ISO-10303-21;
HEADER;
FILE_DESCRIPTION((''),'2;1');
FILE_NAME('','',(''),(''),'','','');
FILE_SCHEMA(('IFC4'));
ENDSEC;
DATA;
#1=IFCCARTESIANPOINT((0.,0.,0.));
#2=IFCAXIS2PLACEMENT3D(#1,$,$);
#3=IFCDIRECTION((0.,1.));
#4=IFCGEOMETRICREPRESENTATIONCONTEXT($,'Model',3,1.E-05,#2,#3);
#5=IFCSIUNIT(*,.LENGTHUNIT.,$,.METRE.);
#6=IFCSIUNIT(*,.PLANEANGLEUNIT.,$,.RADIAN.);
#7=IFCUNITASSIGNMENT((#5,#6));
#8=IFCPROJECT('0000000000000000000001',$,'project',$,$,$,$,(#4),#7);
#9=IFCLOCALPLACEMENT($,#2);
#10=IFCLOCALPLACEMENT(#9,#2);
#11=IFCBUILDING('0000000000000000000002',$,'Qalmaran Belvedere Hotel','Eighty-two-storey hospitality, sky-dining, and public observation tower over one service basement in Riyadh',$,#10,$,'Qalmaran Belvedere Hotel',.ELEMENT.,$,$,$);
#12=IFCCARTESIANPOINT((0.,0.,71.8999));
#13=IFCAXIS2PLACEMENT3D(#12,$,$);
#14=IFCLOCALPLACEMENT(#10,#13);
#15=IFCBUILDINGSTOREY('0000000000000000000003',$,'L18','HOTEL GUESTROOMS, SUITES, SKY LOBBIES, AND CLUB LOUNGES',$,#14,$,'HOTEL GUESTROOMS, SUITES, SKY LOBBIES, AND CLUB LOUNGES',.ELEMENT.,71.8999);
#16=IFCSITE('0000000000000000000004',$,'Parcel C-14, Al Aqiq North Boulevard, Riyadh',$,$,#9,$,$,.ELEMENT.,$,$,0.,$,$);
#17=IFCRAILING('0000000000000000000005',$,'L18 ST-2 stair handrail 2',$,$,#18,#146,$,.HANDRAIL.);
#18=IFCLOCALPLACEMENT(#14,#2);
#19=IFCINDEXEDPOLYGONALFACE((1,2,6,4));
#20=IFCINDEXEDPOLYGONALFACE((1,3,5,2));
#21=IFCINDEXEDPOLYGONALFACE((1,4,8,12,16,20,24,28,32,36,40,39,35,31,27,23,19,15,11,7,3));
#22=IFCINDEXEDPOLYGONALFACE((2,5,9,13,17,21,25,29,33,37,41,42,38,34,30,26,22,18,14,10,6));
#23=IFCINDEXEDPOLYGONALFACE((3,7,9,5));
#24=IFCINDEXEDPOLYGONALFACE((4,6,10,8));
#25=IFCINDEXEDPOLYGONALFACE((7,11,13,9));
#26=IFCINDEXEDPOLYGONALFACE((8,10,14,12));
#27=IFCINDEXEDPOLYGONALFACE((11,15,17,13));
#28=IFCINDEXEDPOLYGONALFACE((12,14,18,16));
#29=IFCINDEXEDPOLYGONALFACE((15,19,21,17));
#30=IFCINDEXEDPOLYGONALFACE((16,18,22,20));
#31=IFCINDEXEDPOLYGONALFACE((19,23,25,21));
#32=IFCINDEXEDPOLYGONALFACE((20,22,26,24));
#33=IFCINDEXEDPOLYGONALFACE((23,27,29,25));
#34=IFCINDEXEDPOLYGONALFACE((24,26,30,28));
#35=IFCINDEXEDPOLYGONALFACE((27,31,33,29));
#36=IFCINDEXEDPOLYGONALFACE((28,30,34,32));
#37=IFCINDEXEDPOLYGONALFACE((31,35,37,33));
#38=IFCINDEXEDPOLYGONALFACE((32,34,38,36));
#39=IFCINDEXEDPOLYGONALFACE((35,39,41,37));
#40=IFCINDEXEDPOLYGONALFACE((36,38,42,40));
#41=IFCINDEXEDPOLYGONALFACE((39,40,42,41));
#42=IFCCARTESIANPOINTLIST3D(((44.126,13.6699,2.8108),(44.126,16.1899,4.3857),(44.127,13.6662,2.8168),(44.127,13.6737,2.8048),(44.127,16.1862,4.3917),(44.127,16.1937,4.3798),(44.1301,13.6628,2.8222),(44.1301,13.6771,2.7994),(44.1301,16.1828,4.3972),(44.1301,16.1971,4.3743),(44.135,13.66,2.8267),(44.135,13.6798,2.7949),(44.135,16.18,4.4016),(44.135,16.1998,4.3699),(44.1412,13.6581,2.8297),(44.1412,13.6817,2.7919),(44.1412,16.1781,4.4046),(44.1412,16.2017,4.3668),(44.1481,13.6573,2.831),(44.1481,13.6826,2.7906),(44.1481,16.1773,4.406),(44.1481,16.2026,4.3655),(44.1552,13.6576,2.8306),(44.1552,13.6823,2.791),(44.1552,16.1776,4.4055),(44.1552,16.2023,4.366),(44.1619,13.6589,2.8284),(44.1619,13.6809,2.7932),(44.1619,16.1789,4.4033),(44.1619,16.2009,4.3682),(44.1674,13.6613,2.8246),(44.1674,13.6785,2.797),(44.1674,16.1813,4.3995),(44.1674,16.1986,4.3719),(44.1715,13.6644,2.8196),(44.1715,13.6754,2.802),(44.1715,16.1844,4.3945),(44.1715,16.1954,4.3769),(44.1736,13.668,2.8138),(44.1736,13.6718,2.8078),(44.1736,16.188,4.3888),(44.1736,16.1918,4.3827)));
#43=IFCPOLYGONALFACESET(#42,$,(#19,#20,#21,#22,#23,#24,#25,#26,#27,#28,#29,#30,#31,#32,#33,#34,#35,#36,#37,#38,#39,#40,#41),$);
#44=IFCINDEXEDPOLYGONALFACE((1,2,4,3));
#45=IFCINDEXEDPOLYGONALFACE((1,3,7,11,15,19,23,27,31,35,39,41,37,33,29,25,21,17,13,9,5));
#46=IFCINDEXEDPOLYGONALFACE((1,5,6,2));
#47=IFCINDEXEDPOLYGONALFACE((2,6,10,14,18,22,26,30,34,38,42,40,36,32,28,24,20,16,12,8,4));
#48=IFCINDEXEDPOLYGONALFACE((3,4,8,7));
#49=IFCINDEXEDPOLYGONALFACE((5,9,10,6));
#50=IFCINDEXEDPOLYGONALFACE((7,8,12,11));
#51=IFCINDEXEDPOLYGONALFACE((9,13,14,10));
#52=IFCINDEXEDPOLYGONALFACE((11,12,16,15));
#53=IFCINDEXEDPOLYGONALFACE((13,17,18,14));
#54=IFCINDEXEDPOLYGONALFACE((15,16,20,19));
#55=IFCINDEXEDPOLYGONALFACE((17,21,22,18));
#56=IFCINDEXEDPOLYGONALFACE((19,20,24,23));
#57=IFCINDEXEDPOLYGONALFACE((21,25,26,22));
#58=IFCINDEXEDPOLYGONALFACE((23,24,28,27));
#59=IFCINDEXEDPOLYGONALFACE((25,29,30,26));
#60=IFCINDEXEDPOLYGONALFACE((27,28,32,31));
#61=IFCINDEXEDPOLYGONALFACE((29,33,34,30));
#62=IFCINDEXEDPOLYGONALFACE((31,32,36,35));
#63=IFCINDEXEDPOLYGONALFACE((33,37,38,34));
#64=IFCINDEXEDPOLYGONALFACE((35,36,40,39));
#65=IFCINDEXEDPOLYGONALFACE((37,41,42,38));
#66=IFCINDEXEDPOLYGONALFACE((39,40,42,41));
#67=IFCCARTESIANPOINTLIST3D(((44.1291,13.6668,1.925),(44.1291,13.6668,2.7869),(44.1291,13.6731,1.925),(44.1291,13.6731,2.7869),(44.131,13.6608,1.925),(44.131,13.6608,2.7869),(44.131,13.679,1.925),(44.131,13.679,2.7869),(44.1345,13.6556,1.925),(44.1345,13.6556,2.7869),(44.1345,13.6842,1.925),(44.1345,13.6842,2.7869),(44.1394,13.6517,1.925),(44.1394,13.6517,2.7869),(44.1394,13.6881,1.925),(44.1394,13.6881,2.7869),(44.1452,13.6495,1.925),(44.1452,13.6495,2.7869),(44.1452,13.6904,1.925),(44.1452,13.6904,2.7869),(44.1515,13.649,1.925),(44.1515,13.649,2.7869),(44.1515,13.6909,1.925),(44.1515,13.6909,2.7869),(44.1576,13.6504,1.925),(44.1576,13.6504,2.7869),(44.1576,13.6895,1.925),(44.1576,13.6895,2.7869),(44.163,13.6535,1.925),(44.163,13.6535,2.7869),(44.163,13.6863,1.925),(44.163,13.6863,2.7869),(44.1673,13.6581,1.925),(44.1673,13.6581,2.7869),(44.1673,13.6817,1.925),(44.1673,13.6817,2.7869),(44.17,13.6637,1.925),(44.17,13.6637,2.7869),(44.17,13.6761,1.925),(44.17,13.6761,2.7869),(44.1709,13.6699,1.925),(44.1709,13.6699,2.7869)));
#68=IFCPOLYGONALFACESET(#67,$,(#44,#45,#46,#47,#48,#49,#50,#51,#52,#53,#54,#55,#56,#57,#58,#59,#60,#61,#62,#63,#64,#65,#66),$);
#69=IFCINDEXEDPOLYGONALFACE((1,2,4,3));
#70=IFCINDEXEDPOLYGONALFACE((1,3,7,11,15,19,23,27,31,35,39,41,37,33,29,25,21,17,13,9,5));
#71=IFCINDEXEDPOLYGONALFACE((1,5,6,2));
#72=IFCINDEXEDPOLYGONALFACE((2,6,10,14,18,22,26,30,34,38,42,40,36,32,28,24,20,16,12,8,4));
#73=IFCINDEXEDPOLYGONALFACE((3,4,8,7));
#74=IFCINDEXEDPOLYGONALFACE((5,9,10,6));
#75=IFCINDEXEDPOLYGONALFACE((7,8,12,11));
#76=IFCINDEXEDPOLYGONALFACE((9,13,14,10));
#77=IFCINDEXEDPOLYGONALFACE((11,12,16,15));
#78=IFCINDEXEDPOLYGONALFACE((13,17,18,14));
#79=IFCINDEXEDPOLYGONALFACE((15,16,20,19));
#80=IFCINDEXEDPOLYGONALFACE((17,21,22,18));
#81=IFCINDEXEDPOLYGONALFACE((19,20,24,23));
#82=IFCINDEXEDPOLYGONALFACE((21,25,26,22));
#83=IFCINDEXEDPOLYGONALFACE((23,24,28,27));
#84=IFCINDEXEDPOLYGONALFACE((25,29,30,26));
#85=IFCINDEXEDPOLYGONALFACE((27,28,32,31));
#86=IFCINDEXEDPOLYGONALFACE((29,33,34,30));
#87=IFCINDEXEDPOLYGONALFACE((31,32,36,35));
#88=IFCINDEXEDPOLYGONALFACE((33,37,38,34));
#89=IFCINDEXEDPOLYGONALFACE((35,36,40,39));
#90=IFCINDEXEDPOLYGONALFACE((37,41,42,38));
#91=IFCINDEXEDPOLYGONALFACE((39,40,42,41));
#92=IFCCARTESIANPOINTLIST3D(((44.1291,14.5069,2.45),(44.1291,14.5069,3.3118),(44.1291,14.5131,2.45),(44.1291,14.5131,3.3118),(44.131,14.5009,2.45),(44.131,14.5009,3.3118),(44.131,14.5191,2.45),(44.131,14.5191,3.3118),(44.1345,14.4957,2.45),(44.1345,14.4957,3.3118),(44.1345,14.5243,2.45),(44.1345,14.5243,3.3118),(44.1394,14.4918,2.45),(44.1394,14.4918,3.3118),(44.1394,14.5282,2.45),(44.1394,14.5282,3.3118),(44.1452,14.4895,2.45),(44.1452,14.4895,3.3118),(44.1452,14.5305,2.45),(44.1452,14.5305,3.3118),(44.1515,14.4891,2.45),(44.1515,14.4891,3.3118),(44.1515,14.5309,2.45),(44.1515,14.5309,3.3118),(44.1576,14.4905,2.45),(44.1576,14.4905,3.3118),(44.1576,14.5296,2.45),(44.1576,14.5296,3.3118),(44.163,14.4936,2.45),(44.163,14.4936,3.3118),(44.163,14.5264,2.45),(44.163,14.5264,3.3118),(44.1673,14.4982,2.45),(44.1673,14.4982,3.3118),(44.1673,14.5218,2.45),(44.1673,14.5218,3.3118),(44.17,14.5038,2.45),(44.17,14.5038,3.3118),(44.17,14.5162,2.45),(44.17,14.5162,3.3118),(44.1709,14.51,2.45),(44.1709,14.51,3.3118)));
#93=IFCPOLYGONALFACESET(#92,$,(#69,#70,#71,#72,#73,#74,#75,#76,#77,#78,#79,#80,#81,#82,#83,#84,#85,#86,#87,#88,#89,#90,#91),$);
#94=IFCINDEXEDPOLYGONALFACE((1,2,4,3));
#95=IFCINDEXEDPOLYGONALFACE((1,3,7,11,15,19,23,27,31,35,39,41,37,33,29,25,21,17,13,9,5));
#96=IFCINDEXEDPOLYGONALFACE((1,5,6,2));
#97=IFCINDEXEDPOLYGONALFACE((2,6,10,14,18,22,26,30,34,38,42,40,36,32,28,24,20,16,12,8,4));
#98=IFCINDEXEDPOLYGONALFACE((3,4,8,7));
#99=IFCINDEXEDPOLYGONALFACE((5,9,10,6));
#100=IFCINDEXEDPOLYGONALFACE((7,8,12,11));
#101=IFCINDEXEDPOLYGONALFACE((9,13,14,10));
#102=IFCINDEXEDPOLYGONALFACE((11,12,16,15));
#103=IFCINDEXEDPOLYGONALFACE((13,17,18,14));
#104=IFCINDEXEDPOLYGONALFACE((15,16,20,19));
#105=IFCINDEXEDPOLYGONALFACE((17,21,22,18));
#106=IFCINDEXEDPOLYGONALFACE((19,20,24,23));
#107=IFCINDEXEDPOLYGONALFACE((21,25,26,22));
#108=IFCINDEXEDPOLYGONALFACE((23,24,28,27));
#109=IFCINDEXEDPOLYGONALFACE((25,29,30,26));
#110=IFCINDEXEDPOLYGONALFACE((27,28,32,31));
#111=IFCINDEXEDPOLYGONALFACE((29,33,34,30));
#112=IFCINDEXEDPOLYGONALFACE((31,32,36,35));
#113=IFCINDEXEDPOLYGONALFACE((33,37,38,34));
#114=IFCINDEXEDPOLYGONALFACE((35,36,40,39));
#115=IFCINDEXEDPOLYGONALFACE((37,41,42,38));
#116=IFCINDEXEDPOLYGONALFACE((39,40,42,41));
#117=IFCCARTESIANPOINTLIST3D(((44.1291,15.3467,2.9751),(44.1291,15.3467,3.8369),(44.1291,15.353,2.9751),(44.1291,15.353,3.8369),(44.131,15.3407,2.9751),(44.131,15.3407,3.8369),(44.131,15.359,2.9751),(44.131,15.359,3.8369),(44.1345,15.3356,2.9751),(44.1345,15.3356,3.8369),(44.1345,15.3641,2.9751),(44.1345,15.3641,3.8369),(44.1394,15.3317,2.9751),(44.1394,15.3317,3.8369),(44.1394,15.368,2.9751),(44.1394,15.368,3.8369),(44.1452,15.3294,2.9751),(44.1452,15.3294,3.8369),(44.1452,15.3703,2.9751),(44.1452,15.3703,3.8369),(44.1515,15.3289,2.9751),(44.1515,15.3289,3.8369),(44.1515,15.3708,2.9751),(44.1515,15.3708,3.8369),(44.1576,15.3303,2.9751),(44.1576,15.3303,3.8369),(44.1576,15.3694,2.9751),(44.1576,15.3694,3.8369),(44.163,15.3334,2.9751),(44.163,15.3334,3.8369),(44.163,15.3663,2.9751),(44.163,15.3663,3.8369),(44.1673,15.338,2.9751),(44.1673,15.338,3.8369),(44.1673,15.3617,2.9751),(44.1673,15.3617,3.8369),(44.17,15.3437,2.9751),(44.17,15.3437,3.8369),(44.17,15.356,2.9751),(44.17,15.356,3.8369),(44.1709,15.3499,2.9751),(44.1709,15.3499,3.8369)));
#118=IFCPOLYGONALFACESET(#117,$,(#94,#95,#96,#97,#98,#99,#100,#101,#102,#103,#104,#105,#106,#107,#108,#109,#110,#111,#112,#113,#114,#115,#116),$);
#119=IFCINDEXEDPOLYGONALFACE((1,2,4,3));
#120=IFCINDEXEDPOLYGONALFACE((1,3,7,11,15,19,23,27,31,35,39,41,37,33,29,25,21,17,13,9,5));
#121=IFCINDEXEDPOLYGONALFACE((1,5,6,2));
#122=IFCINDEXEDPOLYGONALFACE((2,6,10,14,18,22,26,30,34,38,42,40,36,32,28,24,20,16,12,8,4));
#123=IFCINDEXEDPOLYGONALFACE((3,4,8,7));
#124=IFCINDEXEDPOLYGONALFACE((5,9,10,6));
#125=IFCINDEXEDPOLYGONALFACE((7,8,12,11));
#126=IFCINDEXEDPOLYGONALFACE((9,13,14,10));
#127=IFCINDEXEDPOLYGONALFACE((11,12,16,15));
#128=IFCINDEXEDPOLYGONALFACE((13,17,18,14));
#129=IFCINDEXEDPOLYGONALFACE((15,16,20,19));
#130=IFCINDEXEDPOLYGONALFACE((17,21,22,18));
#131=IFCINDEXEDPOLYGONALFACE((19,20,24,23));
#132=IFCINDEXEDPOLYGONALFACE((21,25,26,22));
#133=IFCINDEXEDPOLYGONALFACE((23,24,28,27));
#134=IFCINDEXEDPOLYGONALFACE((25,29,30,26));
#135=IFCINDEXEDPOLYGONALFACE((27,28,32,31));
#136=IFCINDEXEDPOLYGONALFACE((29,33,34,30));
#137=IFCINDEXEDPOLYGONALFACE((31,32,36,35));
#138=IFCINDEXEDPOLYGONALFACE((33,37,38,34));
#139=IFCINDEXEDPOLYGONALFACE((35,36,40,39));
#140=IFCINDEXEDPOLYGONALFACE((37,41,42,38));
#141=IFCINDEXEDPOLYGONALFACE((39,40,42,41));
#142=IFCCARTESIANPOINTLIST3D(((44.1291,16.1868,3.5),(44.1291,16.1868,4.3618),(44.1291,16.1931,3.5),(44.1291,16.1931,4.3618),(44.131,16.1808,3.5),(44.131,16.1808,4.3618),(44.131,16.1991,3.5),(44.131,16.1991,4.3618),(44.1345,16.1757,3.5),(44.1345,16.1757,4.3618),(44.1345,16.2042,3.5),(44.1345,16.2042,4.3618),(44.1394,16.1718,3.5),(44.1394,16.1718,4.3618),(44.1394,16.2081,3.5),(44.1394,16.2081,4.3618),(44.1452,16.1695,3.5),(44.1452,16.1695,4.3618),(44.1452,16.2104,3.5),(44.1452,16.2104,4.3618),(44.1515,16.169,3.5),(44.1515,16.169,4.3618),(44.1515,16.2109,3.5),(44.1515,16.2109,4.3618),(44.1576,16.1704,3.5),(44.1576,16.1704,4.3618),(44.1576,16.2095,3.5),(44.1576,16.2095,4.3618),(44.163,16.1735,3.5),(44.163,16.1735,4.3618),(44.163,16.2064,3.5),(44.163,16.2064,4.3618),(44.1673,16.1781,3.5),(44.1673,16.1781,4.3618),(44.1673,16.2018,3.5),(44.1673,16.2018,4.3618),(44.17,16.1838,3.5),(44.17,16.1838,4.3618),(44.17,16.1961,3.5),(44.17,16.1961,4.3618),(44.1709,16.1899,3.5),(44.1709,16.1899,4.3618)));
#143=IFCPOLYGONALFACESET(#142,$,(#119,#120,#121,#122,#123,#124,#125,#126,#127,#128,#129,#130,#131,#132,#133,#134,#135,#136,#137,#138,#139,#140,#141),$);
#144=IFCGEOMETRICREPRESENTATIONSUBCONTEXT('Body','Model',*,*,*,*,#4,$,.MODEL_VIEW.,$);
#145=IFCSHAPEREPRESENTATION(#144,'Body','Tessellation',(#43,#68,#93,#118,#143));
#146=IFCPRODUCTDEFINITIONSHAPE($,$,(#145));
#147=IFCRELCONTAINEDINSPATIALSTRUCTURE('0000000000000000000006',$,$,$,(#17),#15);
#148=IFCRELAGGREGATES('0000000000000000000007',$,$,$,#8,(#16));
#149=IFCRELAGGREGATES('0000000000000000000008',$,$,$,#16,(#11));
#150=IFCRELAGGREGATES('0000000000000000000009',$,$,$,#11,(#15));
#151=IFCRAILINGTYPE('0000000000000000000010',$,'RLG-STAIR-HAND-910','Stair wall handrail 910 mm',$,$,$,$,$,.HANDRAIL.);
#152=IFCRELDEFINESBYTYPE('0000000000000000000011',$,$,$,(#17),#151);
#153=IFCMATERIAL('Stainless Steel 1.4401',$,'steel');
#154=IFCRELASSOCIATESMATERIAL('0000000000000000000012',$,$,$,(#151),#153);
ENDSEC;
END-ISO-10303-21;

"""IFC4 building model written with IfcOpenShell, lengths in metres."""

from ifc_helpers import new_model, si_unit, direction, frame, origin, origin_2d, place, context, subcontext, project, spatial, circle, extrude, material, type_object, element, save


model = new_model("IFC4")

# Units and contexts
model_context = context("Model", 3, precision=1e-05, world=origin(), true_north=direction((0.0, 1.0)))
body_context = subcontext(model_context, "Body", "Model", "MODEL_VIEW")
ifc_project = project(units=[si_unit("LENGTHUNIT", "METRE"), si_unit("PLANEANGLEUNIT", "RADIAN")], contexts=[model_context])

# Site, building, storey
site_placement = place(None, origin())
site = spatial("IfcSite", under=ifc_project, at=site_placement, Name="Parcel C-14, Al Aqiq North Boulevard, Riyadh", CompositionType="ELEMENT", RefElevation=0.0)
building_placement = place(site_placement, origin())
building = spatial("IfcBuilding", under=site, at=building_placement, Name="Qalmaran Belvedere Hotel", Description="Eighty-two-storey hospitality, sky-dining, and public observation tower over one service basement in Riyadh", LongName="Qalmaran Belvedere Hotel", CompositionType="ELEMENT")
storey_placement = place(building_placement, frame((0.0, 0.0, 71.8999)))
storey = spatial("IfcBuildingStorey", under=building, at=storey_placement, Name="L18", Description="HOTEL GUESTROOMS, SUITES, SKY LOBBIES, AND CLUB LOUNGES", LongName="HOTEL GUESTROOMS, SUITES, SKY LOBBIES, AND CLUB LOUNGES", CompositionType="ELEMENT", Elevation=71.8999)

# Shared definitions
ifc_material_1 = material(Name="Stainless Steel 1.4401", Category="steel")

# Railing
railing_type_1 = type_object("IfcRailingType", Name="RLG-STAIR-HAND-910", Description="Stair wall handrail 910 mm", PredefinedType="HANDRAIL", material=ifc_material_1)
railing_1_placement = place(storey_placement, frame((44.1499, 13.6699, 1.925)))
element("IfcRailing", 1, at=railing_1_placement, inside=storey, type_object=railing_type_1, Name="L18 ST-2 stair handrail 2", PredefinedType="HANDRAIL", context=body_context, shape_type="SweptSolid", body=[
    extrude(circle(Radius=0.0239, at=origin_2d()), frame((0.0, 0.0, 0.8857), z_axis=(0.0, 0.848008, 0.529984), x_axis=(-1.0, 0.0, 0.0)), (0.0, 0.0, 1.0), 2.9717),
    extrude(circle(Radius=0.021, at=origin_2d()), origin(), (0.0, 0.0, 1.0), 0.8618),
    extrude(circle(Radius=0.021, at=origin_2d()), frame((0.0, 0.8401, 0.5249)), (0.0, 0.0, 1.0), 0.8618),
    extrude(circle(Radius=0.021, at=origin_2d()), frame((0.0, 1.6799, 1.05)), (0.0, 0.0, 1.0), 0.8618),
    extrude(circle(Radius=0.021, at=origin_2d()), frame((0.0, 2.52, 1.575)), (0.0, 0.0, 1.0), 0.8618),
])

save(model, "model.ifc")
